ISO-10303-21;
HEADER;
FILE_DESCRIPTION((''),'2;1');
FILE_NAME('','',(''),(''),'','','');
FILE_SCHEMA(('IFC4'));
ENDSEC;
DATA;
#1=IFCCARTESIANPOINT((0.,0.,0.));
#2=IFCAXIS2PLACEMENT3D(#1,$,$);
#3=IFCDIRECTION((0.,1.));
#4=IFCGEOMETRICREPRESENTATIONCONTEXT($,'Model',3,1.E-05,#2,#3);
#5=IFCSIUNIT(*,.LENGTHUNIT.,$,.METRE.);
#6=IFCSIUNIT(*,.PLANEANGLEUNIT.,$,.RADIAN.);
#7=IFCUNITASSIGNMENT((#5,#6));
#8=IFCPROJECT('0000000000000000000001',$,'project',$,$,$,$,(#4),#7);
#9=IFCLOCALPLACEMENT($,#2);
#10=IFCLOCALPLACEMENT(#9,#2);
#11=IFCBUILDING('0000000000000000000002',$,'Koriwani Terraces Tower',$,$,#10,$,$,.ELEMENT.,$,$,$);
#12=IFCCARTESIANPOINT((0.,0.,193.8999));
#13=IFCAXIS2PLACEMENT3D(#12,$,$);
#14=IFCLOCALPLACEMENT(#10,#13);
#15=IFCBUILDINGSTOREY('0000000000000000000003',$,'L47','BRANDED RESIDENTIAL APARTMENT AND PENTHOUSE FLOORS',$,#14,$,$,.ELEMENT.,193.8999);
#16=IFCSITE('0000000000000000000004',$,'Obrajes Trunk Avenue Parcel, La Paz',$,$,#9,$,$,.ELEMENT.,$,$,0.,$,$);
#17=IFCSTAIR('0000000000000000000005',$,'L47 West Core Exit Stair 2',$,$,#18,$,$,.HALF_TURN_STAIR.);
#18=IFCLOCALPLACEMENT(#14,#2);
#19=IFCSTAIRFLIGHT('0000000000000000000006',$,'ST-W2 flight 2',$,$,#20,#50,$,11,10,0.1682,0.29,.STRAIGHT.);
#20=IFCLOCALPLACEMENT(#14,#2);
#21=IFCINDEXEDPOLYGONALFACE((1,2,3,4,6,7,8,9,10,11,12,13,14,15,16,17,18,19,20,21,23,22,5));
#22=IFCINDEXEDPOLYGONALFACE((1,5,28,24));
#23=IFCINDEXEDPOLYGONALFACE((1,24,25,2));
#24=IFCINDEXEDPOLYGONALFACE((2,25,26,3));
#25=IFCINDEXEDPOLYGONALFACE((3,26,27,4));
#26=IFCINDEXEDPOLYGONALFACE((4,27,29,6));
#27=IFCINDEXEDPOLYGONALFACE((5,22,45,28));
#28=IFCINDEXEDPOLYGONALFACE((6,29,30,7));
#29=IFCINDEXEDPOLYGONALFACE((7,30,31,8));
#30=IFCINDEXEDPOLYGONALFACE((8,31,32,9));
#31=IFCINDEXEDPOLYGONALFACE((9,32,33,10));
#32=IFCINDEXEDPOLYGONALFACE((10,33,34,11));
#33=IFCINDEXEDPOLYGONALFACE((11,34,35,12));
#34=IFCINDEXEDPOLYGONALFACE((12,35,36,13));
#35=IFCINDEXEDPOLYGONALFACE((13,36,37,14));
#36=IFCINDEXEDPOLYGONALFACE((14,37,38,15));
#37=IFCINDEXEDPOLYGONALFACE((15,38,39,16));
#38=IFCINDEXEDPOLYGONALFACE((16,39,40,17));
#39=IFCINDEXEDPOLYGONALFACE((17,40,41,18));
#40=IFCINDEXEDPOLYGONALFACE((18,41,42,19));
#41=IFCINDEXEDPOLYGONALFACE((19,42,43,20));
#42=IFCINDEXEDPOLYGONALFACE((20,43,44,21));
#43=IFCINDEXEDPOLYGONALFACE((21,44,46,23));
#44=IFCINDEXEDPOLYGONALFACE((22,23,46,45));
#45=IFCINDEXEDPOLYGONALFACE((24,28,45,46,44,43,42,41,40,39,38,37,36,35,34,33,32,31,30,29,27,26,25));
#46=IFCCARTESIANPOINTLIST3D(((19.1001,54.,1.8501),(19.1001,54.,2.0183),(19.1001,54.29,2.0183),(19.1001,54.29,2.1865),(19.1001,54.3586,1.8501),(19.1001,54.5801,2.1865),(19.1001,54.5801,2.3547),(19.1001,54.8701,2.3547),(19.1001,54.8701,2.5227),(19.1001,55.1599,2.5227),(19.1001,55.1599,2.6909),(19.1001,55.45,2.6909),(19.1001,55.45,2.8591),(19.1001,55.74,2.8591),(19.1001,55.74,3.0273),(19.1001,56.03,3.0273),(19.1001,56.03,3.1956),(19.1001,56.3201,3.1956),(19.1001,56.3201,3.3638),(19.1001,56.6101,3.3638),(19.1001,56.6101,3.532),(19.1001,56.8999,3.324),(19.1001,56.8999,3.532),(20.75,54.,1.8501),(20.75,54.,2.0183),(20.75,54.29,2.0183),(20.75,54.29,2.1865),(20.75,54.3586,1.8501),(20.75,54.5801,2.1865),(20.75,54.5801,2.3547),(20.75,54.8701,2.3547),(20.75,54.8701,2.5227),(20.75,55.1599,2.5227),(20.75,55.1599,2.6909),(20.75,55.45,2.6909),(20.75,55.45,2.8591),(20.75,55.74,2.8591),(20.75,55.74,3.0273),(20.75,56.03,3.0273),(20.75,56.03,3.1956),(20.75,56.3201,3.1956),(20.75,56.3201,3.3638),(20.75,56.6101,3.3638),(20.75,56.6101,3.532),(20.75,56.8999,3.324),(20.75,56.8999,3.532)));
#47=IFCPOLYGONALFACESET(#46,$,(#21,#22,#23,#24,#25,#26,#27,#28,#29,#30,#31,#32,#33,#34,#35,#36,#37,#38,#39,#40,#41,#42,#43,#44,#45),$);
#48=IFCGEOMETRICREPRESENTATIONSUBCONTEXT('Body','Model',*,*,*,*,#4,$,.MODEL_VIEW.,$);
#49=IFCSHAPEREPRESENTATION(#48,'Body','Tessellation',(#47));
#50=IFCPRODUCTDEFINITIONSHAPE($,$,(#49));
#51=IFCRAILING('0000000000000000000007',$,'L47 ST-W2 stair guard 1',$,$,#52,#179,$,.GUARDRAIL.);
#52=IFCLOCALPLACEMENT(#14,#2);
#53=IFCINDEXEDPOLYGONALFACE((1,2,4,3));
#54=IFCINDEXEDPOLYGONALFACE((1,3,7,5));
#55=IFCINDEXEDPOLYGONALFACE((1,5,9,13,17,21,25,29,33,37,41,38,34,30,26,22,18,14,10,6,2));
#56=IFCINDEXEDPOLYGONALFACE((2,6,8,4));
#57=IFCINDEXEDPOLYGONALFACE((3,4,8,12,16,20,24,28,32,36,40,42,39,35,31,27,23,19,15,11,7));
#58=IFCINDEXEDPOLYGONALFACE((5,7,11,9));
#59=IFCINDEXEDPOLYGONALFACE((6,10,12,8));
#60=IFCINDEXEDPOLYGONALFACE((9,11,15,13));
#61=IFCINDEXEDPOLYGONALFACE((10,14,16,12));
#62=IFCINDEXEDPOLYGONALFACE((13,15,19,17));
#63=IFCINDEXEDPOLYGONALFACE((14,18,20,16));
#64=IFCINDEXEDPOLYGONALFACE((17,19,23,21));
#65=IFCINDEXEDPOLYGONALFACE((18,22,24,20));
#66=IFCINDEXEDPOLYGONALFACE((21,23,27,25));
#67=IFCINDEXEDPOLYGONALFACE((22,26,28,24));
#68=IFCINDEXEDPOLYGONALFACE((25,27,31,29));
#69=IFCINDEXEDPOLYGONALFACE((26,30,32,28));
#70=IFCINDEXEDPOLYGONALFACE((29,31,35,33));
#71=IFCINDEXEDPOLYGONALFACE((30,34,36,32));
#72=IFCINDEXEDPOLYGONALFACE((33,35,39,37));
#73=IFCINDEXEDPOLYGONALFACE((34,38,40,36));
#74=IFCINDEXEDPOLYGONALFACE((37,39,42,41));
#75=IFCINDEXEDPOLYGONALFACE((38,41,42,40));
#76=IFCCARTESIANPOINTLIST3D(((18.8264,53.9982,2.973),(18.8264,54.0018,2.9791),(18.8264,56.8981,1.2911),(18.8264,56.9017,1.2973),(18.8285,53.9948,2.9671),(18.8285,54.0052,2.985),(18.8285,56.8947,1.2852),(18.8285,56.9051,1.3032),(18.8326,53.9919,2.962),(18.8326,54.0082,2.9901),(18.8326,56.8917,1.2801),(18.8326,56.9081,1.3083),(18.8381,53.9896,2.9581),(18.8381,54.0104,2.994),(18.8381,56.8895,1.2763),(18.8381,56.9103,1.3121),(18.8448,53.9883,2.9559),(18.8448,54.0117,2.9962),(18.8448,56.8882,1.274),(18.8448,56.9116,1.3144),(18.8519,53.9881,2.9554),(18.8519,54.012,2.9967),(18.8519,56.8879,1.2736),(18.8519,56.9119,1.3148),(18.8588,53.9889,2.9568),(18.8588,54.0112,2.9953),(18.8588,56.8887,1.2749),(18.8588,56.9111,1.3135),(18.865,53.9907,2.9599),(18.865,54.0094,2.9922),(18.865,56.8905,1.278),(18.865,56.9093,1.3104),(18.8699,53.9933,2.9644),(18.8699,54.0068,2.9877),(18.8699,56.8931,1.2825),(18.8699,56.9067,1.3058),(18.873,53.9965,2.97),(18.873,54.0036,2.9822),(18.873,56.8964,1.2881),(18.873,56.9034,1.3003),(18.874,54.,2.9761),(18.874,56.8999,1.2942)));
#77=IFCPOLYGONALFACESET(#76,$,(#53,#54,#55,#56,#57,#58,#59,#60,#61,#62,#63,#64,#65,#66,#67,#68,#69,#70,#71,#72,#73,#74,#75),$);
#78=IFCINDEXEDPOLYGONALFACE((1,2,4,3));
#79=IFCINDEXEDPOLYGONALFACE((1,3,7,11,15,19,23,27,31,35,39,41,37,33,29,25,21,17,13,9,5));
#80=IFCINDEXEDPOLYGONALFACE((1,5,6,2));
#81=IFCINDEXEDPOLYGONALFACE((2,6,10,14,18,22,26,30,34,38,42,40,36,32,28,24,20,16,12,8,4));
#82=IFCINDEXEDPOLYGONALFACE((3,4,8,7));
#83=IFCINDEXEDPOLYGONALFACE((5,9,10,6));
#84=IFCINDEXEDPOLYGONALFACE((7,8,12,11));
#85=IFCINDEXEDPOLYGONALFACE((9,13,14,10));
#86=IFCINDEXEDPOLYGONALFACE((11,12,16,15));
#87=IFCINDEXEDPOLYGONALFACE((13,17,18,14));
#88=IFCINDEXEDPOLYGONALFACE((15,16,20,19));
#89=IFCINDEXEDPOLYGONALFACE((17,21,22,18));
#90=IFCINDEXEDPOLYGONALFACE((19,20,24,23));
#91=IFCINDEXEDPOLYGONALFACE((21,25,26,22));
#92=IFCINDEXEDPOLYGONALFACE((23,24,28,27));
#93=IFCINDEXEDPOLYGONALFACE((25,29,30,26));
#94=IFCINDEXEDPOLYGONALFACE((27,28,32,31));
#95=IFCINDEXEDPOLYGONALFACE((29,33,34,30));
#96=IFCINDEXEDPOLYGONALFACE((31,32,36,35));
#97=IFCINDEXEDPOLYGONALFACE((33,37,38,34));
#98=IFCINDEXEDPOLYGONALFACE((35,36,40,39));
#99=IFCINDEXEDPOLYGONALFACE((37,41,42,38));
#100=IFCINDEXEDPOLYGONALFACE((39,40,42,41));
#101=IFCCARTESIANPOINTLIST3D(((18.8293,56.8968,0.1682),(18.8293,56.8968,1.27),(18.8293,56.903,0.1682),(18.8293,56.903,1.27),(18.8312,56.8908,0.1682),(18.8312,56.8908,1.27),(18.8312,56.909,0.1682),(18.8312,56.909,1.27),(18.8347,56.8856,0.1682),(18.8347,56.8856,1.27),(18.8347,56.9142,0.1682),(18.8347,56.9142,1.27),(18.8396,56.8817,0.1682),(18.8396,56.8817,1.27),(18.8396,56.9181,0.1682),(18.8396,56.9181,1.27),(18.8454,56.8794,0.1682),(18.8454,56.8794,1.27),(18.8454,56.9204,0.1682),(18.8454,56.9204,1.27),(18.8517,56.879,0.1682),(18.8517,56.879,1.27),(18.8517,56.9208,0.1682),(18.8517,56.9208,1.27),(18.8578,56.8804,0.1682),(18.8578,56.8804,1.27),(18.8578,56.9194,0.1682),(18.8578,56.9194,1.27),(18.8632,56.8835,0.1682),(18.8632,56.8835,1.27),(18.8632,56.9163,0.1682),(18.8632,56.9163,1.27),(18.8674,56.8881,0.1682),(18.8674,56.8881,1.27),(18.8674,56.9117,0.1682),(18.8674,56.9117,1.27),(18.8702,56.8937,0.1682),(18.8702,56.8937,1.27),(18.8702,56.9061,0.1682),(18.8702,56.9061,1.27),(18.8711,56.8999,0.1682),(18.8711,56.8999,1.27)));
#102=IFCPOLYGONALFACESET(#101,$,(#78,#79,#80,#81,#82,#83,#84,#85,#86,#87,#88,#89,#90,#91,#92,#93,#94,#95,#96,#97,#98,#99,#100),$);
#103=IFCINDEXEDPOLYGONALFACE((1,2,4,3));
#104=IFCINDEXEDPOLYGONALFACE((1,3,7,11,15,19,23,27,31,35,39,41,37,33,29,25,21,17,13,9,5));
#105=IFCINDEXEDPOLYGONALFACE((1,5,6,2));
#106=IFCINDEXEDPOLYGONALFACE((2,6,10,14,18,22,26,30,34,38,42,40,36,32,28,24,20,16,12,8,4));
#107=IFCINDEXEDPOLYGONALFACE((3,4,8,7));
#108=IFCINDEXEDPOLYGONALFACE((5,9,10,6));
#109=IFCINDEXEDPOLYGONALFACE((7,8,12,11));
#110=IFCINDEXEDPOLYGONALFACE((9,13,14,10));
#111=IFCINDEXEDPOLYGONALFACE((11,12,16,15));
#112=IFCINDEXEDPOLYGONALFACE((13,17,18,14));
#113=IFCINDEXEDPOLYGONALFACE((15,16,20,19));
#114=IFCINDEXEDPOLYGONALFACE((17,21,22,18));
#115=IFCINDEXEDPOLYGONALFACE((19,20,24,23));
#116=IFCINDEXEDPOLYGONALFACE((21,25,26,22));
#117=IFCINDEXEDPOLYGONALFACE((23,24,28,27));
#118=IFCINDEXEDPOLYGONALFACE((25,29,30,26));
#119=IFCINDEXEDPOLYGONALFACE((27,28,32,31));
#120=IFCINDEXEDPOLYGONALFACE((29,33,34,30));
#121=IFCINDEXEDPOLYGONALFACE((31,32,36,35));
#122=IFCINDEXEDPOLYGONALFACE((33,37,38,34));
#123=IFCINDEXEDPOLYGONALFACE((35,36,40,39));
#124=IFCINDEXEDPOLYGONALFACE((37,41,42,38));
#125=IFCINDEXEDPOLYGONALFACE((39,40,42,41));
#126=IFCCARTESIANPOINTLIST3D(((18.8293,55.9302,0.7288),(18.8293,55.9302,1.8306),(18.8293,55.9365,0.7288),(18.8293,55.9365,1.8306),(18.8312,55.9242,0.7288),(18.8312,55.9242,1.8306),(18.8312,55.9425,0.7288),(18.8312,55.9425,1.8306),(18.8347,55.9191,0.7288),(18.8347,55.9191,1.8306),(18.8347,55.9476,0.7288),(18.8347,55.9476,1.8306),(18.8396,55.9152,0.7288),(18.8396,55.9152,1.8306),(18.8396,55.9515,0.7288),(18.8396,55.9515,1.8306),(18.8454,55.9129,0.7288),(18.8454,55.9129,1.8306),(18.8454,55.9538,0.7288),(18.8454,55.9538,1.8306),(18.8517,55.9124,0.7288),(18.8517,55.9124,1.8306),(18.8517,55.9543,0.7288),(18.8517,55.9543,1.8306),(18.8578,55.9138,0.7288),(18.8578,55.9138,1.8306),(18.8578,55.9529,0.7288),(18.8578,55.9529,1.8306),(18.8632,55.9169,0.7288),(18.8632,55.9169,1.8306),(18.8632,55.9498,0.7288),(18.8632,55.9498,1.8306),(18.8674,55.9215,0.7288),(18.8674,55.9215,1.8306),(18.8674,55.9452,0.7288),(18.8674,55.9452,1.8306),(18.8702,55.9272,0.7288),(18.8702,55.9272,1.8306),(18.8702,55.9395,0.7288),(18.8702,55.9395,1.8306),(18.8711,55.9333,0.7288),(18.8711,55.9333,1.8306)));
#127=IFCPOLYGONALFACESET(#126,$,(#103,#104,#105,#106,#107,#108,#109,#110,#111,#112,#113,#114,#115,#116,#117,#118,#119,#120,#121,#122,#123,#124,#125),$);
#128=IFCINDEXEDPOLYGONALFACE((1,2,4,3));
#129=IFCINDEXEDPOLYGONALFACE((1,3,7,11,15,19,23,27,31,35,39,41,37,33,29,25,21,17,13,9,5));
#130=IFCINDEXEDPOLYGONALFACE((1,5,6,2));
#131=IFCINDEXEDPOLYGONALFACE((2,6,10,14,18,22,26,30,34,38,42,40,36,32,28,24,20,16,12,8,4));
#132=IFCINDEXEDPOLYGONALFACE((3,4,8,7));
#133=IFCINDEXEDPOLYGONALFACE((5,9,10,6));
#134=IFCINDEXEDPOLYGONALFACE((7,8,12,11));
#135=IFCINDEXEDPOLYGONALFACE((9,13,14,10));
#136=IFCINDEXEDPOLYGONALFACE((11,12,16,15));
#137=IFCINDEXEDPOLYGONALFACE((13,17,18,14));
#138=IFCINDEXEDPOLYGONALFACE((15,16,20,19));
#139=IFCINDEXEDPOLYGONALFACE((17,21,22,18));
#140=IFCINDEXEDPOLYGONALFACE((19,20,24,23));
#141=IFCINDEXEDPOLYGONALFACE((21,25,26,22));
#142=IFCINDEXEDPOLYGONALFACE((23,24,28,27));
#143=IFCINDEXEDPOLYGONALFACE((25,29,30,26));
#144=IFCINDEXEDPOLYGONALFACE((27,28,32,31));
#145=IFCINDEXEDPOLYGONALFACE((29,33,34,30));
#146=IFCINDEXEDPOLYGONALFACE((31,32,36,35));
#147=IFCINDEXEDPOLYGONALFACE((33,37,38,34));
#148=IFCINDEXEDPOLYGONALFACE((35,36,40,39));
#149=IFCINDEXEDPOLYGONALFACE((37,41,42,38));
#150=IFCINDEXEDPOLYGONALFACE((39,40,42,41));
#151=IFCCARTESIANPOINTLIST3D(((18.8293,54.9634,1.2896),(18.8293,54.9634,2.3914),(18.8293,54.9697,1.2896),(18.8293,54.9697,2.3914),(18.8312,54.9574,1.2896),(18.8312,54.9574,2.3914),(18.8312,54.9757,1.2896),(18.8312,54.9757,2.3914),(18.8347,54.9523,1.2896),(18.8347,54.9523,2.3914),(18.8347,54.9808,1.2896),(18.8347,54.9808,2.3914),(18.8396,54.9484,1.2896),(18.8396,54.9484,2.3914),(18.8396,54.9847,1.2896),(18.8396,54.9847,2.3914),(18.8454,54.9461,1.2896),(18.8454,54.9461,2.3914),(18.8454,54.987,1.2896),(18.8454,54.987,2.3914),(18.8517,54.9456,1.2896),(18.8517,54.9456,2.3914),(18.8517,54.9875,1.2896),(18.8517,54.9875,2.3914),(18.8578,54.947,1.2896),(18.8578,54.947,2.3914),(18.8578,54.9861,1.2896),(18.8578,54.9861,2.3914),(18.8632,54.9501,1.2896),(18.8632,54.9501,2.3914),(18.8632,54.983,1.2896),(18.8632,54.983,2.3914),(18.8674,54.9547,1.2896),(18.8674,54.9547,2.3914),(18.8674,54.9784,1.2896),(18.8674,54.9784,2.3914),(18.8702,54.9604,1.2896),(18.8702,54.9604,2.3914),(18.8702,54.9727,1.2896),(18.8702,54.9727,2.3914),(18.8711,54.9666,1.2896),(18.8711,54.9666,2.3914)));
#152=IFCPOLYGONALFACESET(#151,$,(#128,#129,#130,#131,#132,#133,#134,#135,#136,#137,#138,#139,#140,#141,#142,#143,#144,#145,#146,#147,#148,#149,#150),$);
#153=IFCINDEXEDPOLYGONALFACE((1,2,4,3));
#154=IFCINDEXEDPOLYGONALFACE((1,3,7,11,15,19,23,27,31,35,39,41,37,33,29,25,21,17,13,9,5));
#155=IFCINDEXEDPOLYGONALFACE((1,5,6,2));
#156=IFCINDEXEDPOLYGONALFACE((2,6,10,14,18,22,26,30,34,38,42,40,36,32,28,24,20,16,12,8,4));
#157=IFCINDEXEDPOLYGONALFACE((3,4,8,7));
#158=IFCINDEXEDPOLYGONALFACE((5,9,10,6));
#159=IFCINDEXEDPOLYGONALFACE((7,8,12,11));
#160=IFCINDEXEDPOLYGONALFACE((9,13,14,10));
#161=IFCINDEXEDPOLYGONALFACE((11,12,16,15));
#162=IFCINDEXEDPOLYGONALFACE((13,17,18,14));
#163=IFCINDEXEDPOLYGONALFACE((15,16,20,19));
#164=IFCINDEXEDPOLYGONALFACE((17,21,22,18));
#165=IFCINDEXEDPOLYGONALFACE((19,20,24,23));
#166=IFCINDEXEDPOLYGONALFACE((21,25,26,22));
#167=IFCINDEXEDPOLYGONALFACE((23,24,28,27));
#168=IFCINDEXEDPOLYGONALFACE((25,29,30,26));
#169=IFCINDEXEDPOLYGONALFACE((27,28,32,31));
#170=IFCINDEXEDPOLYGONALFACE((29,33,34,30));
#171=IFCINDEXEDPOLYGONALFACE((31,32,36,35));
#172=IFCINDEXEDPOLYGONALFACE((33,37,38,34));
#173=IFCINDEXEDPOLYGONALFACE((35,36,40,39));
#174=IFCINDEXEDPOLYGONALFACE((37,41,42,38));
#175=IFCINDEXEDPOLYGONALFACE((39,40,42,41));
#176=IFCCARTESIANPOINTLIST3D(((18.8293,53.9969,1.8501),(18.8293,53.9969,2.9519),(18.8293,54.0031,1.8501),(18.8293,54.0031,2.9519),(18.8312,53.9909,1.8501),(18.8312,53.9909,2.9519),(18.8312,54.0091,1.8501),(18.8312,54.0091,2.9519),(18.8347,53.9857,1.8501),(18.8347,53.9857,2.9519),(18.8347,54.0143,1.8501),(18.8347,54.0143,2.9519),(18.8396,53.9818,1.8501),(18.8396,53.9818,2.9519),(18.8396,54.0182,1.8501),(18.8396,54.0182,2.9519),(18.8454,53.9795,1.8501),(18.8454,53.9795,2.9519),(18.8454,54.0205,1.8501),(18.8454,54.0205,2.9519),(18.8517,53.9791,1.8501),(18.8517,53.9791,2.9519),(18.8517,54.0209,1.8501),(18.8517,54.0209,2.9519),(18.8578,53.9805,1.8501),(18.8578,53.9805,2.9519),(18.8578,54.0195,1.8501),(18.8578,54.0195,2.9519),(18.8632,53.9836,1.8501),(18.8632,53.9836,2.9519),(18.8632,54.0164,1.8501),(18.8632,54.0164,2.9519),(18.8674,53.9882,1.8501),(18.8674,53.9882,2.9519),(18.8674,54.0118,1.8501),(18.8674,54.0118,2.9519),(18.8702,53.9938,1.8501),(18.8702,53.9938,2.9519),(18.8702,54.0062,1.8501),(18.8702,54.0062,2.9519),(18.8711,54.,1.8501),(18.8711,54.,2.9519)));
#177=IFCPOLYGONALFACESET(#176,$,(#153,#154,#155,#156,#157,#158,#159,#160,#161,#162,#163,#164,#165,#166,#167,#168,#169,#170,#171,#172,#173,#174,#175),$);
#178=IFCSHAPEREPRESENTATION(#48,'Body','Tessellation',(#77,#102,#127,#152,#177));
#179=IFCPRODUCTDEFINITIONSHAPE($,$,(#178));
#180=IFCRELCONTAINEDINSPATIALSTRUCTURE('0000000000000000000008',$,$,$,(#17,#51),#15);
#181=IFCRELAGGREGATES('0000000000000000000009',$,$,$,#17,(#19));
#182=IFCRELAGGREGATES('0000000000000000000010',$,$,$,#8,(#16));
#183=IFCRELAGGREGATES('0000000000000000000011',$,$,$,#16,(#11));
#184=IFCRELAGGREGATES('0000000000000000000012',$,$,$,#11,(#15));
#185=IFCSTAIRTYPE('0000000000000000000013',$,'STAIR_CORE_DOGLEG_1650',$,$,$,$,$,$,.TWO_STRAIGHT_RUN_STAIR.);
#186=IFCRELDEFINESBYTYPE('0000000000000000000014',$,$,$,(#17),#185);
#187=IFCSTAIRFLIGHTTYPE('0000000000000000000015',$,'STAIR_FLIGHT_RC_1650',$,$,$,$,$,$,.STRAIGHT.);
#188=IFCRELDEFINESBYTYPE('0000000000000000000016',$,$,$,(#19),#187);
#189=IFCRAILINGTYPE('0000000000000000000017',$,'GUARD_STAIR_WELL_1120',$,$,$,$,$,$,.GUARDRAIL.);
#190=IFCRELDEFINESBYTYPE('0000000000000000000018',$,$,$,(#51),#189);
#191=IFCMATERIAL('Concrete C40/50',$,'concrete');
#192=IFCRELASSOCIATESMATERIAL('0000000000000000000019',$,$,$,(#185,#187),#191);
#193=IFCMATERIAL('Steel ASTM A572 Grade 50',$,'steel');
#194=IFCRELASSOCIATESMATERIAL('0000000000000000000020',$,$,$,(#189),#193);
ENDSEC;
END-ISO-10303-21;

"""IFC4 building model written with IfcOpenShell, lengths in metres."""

from ifc_helpers import new_model, si_unit, direction, frame, origin, origin_2d, place, context, subcontext, project, spatial, polyline, circle, outline, extrude, material, type_object, element, aggregate, save


model = new_model("IFC4")

# Units and contexts
model_context = context("Model", 3, precision=1e-05, world=origin(), true_north=direction((0.0, 1.0)))
body_context = subcontext(model_context, "Body", "Model", "MODEL_VIEW")
ifc_project = project(units=[si_unit("LENGTHUNIT", "METRE"), si_unit("PLANEANGLEUNIT", "RADIAN")], contexts=[model_context])

# Site, building, storey
site_placement = place(None, origin())
site = spatial("IfcSite", under=ifc_project, at=site_placement, Name="Obrajes Trunk Avenue Parcel, La Paz", CompositionType="ELEMENT", RefElevation=0.0)
building_placement = place(site_placement, origin())
building = spatial("IfcBuilding", under=site, at=building_placement, Name="Koriwani Terraces Tower", CompositionType="ELEMENT")
storey_placement = place(building_placement, frame((0.0, 0.0, 193.8999)))
storey = spatial("IfcBuildingStorey", under=building, at=storey_placement, Name="L47", Description="BRANDED RESIDENTIAL APARTMENT AND PENTHOUSE FLOORS", CompositionType="ELEMENT", Elevation=193.8999)

# Shared definitions
ifc_material_1 = material(Name="Concrete C40/50", Category="concrete")
ifc_material_2 = material(Name="Steel ASTM A572 Grade 50", Category="steel")

# Stair, stair flight
stair_type = type_object("IfcStairType", Name="STAIR_CORE_DOGLEG_1650", PredefinedType="TWO_STRAIGHT_RUN_STAIR", material=ifc_material_1)
stair_placement = place(storey_placement, origin())
stair = element("IfcStair", 1, at=stair_placement, inside=storey, type_object=stair_type, Name="L47 West Core Exit Stair 2", PredefinedType="HALF_TURN_STAIR")
stair_flight_type = type_object("IfcStairFlightType", Name="STAIR_FLIGHT_RC_1650", PredefinedType="STRAIGHT", material=ifc_material_1)
stair_flight_1_placement = place(storey_placement, frame((19.925, 54.0, 1.8501), z_axis=(0.0, 0.0, 1.0), x_axis=(0.0, 1.0, 0.0)))
stair_flight_1 = element("IfcStairFlight", 2, at=stair_flight_1_placement, type_object=stair_flight_type, Name="ST-W2 flight 2", NumberOfRisers=11, NumberOfTreads=10, PredefinedType="STRAIGHT", RiserHeight=0.1682, TreadLength=0.29, context=body_context, shape_type="SweptSolid", body=[
    extrude(outline(polyline([(0.0, 0.0), (0.0, 0.1682), (0.29, 0.1682), (0.29, 0.3364), (0.5801, 0.3364), (0.5801, 0.5046), (0.8701, 0.5046), (0.8701, 0.6726), (1.1599, 0.6726), (1.1599, 0.8408), (1.45, 0.8408), (1.45, 1.009), (1.74, 1.009), (1.74, 1.1772), (2.03, 1.1772), (2.03, 1.3455), (2.3201, 1.3455), (2.3201, 1.5137), (2.6101, 1.5137), (2.6101, 1.6819), (2.8999, 1.6819), (2.8999, 1.8501), (2.8999, 1.4739), (0.3586, 0.0), (0.0, 0.0)])), frame((0.0, 0.825, 0.0), z_axis=(0.0, -1.0, 0.0), x_axis=(1.0, 0.0, 0.0)), (0.0, 0.0, 1.0), 1.6499),
])
aggregate(stair, [stair_flight_1])

# Railing
railing_type_1 = type_object("IfcRailingType", Name="GUARD_STAIR_WELL_1120", PredefinedType="GUARDRAIL", material=ifc_material_2)
railing_1_placement = place(storey_placement, frame((18.8501, 56.8999, 0.1682)))
element("IfcRailing", 3, at=railing_1_placement, inside=storey, type_object=railing_type_1, Name="L47 ST-W2 stair guard 1", PredefinedType="GUARDRAIL", context=body_context, shape_type="SweptSolid", body=[
    extrude(circle(Radius=0.0239, at=origin_2d()), frame((0.0, 0.0, 1.126), z_axis=(0.0, -0.865039, 0.501705), x_axis=(1.0, 0.0, 0.0)), (0.0, 0.0, 1.0), 3.3523),
    extrude(circle(Radius=0.021, at=origin_2d()), origin(), (0.0, 0.0, 1.0), 1.1018),
    extrude(circle(Radius=0.021, at=origin_2d()), frame((0.0, -0.9666, 0.5605)), (0.0, 0.0, 1.0), 1.1018),
    extrude(circle(Radius=0.021, at=origin_2d()), frame((0.0, -1.9333, 1.1213)), (0.0, 0.0, 1.0), 1.1018),
    extrude(circle(Radius=0.021, at=origin_2d()), frame((0.0, -2.8999, 1.6819)), (0.0, 0.0, 1.0), 1.1018),
])

save(model, "model.ifc")
